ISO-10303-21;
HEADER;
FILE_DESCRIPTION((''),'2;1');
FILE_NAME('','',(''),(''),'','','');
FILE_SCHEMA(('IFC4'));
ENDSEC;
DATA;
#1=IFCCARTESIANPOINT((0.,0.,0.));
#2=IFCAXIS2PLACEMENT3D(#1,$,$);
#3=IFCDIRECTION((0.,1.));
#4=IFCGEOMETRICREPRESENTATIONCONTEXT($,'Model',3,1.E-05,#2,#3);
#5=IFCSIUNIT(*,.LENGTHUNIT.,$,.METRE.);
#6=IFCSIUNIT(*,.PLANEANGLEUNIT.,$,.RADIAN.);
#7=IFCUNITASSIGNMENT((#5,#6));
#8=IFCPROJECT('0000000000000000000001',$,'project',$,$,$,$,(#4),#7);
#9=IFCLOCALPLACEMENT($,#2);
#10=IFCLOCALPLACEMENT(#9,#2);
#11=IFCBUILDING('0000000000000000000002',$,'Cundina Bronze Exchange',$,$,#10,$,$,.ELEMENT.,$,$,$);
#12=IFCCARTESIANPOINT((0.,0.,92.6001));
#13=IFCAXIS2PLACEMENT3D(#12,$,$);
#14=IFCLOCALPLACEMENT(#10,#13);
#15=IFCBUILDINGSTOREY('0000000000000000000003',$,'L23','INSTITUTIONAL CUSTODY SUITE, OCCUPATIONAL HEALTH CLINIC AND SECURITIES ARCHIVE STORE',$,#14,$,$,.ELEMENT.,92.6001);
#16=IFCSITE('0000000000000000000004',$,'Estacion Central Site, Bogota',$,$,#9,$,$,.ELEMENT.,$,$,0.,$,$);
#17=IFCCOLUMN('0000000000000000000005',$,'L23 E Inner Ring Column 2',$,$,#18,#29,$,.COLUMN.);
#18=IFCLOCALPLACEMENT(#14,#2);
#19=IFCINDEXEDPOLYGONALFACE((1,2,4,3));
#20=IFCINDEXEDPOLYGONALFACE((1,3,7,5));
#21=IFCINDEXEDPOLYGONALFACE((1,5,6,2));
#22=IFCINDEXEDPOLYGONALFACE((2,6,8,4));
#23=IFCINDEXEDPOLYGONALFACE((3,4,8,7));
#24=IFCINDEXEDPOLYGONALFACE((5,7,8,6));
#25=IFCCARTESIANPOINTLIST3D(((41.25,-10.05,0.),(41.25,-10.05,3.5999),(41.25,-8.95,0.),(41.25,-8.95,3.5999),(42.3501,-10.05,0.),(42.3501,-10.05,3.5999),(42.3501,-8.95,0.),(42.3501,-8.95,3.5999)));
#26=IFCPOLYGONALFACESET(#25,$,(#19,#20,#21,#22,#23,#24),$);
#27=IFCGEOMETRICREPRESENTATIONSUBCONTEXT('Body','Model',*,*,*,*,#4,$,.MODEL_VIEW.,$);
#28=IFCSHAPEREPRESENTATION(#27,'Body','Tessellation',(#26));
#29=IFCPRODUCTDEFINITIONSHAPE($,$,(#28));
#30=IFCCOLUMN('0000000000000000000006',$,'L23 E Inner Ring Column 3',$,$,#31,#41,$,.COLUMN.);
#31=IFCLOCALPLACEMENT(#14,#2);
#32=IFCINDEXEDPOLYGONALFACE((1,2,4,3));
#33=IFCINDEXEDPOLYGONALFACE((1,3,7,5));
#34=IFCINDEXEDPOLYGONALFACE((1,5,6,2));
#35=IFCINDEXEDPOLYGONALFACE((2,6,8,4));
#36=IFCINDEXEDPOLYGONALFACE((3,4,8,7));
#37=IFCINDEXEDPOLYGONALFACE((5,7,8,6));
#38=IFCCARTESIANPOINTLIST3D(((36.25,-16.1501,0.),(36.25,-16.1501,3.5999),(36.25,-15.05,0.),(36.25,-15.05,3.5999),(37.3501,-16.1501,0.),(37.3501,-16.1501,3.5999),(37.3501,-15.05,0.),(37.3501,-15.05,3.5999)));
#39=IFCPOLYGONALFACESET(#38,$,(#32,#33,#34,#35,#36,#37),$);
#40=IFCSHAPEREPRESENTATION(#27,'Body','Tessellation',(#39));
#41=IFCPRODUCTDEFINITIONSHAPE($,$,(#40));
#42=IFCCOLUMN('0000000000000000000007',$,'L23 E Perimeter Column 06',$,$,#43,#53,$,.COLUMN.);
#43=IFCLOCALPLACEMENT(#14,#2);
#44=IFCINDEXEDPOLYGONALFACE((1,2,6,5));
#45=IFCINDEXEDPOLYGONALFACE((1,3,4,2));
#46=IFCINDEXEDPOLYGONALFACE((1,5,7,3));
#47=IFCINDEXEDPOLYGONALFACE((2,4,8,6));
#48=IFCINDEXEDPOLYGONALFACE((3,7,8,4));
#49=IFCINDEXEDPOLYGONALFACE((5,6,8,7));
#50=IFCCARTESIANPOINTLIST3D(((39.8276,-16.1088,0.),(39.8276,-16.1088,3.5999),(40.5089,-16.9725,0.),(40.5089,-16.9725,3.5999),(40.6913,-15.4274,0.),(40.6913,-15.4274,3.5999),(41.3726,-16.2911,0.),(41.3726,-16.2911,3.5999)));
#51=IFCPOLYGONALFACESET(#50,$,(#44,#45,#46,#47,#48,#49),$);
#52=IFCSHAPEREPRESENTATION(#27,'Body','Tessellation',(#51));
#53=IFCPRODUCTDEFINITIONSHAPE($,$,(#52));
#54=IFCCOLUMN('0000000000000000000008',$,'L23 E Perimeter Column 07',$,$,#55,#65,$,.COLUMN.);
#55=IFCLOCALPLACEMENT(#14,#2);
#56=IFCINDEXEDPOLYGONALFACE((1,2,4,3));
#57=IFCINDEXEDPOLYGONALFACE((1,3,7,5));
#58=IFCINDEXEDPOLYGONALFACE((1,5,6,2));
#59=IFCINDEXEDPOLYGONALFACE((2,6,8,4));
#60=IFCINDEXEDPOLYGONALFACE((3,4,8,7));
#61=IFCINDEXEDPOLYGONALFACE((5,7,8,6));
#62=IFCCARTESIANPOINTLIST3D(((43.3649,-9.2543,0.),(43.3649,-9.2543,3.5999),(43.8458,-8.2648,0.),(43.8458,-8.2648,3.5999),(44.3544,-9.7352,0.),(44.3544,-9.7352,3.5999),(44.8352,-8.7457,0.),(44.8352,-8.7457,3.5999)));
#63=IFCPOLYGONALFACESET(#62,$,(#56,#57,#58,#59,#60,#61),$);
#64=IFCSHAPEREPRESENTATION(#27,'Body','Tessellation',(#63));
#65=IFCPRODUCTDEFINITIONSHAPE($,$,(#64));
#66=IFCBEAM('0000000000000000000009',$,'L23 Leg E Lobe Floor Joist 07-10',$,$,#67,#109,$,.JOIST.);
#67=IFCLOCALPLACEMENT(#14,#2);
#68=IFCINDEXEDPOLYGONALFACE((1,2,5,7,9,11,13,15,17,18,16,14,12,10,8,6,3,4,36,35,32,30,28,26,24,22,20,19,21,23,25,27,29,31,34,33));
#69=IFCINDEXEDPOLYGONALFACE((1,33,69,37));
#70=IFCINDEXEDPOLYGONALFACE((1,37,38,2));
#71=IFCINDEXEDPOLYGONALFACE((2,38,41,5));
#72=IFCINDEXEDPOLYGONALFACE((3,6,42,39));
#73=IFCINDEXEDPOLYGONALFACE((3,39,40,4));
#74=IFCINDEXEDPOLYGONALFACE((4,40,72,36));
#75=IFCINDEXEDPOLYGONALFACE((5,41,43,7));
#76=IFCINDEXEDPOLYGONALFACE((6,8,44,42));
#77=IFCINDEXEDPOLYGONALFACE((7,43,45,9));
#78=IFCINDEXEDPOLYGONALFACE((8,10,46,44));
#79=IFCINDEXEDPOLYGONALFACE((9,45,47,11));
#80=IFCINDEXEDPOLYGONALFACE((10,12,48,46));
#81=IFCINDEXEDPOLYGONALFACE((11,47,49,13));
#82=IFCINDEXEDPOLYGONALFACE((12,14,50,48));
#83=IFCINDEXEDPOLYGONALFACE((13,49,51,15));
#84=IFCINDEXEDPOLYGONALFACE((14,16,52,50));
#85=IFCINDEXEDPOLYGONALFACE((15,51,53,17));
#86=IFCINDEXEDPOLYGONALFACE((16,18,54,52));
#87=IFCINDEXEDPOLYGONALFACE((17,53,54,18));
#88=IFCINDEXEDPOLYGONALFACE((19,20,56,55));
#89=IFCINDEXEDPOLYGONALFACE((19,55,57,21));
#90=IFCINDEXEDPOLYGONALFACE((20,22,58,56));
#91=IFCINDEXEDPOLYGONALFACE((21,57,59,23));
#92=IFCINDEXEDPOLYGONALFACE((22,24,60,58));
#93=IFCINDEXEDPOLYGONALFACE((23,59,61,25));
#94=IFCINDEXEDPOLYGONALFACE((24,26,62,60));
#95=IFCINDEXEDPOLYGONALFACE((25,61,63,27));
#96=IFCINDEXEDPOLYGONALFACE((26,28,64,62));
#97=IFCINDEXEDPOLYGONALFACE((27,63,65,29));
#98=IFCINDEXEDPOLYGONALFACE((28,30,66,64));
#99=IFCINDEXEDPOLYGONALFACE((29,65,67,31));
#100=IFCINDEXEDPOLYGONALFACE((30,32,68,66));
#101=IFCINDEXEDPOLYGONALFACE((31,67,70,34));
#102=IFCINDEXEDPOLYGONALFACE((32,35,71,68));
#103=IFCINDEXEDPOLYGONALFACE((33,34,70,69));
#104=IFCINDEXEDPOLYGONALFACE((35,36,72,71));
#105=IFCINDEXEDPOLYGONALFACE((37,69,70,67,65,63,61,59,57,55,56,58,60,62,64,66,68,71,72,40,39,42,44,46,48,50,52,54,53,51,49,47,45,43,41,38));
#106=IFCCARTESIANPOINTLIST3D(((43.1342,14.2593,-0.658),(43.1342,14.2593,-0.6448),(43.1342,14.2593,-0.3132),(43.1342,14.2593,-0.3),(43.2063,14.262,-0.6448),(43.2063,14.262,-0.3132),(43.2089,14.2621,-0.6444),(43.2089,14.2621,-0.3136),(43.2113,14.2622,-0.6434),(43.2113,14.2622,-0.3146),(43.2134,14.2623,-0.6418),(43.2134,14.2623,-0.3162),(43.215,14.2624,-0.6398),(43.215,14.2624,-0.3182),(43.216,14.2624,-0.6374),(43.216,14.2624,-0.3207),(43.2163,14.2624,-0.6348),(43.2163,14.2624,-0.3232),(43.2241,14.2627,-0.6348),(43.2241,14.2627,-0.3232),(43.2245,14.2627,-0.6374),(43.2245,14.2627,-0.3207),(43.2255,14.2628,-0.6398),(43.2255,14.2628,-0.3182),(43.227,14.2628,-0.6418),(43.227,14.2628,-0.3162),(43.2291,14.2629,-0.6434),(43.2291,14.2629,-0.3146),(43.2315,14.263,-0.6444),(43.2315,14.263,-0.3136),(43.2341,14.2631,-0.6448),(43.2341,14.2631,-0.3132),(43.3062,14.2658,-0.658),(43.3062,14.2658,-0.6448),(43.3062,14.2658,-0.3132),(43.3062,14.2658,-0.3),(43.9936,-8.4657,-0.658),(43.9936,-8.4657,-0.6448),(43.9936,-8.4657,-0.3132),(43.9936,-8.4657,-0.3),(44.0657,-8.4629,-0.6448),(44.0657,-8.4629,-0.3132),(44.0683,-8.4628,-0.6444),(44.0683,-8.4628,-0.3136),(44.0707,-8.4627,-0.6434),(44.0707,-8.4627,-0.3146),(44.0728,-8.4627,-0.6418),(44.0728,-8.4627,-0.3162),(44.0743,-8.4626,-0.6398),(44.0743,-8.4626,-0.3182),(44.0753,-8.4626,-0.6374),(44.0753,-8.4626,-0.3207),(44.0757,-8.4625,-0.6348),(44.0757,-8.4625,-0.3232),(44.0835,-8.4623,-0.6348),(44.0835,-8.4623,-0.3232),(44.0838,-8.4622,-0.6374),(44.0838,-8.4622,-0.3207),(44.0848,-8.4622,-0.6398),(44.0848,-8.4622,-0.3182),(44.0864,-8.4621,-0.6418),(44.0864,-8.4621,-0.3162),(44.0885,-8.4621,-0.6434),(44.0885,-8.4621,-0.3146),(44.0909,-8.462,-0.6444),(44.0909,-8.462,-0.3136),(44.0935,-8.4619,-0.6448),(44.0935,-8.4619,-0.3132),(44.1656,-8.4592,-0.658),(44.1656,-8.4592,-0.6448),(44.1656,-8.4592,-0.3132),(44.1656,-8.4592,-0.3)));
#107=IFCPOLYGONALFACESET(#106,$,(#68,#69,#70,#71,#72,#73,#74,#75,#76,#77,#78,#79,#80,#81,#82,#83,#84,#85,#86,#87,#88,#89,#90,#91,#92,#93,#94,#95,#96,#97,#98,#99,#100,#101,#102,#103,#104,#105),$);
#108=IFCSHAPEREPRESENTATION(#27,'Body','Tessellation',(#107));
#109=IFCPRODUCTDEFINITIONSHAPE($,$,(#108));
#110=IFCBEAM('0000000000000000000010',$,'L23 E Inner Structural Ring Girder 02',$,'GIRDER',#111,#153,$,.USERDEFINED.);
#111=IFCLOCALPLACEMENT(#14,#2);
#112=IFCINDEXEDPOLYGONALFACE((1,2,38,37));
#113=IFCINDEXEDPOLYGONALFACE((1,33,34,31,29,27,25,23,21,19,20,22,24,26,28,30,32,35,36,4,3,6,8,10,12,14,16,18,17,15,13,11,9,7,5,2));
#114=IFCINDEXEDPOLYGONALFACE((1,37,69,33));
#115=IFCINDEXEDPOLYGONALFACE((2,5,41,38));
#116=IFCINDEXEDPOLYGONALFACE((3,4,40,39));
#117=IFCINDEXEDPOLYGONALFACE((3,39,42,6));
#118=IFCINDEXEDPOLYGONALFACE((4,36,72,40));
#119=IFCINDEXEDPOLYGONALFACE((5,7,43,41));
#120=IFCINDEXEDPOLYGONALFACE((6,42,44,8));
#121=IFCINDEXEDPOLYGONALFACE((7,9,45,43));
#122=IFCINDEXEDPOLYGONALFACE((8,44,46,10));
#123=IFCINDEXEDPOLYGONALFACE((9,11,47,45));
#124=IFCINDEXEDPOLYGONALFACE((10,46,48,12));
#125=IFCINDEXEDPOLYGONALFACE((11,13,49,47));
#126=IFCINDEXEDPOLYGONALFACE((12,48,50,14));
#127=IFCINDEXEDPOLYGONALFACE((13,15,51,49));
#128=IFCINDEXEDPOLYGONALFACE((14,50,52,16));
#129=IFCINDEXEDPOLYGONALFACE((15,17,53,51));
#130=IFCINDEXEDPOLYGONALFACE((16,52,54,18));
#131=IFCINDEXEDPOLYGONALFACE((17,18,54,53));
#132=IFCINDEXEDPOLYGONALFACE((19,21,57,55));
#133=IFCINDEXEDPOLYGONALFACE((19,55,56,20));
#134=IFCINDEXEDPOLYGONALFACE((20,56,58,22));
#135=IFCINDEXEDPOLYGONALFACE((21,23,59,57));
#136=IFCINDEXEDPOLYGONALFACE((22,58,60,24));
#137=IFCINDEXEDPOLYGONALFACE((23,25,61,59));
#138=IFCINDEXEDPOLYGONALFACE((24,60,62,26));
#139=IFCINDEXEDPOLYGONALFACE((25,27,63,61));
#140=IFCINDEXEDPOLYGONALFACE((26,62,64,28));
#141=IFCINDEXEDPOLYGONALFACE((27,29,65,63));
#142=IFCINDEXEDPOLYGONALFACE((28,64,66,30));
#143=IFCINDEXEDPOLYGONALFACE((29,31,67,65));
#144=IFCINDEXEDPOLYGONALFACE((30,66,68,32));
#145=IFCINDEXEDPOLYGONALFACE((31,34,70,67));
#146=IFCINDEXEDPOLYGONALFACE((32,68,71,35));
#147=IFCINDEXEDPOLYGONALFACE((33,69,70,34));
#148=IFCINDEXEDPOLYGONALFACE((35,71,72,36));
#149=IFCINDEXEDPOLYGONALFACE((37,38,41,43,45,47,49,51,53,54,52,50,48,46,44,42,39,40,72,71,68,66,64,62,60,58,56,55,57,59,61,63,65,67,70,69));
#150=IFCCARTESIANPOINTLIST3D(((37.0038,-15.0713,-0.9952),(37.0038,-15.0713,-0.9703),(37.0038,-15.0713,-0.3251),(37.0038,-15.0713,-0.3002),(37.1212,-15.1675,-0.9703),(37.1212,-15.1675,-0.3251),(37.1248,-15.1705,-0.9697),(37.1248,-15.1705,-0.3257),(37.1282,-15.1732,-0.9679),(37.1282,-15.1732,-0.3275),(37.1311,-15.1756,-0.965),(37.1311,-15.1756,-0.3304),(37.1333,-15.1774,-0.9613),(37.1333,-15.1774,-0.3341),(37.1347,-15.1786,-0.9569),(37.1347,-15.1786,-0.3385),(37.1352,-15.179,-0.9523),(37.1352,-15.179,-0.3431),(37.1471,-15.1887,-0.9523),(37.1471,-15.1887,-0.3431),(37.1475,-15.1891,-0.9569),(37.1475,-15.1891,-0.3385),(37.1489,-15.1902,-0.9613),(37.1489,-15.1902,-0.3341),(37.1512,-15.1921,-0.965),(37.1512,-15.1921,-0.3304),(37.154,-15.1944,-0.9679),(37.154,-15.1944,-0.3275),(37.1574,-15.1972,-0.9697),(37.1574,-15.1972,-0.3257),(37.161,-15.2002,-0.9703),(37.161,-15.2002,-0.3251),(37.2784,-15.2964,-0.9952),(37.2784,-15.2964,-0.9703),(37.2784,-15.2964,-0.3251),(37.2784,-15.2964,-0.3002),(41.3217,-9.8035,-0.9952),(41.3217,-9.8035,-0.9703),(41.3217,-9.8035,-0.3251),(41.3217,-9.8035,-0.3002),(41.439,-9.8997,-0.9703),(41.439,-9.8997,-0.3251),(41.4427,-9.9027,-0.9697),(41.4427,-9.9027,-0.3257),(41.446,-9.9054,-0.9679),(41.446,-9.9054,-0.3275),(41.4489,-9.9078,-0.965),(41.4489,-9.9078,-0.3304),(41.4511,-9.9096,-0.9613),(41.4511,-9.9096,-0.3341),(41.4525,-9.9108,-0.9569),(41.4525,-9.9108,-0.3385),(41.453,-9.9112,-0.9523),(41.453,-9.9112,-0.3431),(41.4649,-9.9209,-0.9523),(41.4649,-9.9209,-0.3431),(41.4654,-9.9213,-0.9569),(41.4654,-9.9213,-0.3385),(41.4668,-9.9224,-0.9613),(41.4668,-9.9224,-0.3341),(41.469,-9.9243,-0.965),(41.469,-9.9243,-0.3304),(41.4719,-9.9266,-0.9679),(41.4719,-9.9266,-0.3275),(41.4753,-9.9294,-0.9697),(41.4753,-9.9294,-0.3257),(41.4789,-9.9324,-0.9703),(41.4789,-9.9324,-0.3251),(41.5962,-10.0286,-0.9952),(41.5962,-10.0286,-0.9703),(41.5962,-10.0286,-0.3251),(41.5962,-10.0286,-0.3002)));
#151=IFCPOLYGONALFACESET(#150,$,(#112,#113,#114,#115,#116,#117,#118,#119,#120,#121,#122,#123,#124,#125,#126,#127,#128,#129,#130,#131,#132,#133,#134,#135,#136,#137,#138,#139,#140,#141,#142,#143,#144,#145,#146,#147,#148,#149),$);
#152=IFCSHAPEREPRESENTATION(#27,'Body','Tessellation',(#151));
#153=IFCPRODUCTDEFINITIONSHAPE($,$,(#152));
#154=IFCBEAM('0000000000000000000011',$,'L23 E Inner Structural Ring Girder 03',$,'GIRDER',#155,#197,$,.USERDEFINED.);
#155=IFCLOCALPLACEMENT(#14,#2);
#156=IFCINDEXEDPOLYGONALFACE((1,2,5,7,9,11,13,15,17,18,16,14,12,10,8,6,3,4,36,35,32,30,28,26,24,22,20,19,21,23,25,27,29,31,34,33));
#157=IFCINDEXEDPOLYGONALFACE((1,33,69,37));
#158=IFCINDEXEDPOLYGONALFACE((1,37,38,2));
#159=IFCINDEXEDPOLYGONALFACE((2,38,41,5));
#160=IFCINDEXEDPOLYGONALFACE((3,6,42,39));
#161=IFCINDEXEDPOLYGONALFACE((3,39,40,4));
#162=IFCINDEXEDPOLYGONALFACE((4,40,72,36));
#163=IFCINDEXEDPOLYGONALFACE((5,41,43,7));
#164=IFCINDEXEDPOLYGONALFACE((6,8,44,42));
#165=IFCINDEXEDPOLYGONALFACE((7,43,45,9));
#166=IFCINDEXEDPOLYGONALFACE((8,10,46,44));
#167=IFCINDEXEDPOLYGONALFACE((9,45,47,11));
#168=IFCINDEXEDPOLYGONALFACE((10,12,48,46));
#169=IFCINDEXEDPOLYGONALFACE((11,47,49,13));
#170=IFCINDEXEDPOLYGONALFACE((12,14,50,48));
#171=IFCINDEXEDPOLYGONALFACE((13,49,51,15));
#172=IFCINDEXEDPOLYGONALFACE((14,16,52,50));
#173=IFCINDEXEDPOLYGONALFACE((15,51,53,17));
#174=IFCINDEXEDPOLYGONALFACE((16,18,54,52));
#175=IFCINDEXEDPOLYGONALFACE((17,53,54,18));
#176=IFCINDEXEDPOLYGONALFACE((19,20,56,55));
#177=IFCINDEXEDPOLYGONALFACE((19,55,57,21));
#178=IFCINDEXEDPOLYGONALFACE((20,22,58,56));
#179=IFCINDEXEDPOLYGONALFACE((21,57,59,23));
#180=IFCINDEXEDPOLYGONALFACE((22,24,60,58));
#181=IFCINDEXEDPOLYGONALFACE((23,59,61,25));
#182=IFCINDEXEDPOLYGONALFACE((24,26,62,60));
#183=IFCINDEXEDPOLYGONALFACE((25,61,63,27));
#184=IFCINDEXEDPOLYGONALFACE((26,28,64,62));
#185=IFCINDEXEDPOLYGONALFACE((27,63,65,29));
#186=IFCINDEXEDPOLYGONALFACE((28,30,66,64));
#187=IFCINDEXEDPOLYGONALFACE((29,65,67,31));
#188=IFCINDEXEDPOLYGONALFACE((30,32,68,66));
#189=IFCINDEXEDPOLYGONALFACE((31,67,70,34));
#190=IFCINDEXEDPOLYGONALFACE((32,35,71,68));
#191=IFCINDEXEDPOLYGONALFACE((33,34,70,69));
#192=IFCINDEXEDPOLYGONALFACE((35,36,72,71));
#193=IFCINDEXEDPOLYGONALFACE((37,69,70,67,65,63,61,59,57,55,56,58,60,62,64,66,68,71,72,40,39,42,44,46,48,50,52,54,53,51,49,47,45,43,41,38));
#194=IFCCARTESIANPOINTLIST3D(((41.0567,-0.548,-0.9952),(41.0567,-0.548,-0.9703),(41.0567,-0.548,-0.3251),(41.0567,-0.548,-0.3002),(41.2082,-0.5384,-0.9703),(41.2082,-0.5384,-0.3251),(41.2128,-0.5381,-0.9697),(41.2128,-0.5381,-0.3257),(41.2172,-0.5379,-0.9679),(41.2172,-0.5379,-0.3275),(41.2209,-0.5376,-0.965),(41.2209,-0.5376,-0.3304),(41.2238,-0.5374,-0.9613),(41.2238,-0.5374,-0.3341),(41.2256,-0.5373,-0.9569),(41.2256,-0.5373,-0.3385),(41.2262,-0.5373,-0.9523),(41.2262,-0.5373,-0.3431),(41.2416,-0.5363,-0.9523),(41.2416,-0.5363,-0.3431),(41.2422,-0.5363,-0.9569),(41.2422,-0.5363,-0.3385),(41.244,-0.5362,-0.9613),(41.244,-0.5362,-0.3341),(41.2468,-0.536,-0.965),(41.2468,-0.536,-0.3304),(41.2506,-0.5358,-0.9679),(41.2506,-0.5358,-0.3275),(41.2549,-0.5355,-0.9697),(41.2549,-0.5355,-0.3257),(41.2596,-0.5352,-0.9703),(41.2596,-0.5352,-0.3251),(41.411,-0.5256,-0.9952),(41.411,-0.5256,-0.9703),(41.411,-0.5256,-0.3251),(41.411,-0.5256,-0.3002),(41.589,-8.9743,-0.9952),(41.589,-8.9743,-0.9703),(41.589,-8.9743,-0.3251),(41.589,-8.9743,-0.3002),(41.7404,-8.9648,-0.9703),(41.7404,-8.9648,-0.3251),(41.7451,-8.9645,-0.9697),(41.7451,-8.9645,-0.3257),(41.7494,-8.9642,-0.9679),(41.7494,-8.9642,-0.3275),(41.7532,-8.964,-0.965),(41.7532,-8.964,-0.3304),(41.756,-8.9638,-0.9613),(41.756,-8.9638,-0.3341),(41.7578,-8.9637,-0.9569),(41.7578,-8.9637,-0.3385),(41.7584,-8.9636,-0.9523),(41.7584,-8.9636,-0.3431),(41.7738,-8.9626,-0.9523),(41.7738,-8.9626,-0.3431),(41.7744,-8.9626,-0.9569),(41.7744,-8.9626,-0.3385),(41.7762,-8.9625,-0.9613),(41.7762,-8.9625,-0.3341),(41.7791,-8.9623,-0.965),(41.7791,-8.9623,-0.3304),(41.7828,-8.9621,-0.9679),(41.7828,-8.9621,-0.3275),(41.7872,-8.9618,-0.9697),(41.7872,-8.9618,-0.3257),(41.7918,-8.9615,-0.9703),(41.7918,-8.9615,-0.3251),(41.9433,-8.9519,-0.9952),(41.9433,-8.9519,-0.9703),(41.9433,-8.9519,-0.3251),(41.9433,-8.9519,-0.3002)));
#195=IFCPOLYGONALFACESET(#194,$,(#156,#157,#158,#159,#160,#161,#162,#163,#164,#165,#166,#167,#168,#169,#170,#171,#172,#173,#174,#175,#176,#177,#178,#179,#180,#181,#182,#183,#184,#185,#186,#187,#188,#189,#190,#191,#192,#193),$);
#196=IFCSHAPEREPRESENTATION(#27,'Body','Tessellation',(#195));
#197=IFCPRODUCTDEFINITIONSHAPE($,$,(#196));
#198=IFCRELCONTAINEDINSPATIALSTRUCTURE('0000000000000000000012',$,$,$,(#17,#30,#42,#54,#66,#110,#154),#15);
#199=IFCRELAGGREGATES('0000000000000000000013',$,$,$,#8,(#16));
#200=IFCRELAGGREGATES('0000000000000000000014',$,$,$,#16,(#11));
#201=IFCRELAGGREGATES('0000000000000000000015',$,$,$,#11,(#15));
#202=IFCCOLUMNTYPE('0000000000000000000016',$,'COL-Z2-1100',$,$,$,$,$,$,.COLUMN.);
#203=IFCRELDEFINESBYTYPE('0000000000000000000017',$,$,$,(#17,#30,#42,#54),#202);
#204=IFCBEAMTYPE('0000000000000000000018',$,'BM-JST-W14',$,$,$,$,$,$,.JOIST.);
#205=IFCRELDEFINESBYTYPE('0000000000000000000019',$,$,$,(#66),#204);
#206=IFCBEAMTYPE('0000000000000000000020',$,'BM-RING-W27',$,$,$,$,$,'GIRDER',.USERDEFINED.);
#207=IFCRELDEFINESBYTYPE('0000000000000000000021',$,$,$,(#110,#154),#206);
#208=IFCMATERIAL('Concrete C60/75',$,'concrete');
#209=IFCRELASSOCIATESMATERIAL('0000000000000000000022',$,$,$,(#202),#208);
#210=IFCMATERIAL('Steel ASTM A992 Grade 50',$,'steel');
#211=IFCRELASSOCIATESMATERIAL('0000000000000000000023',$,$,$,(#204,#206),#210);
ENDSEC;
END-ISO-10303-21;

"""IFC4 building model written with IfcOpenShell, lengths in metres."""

from ifc_helpers import new_model, si_unit, direction, frame, origin, origin_2d, place, context, subcontext, project, spatial, rectangle, i_section, extrude, material, material_profile, profile_set, type_object, element, save


model = new_model("IFC4")

# Units and contexts
model_context = context("Model", 3, precision=1e-05, world=origin(), true_north=direction((0.0, 1.0)))
body_context = subcontext(model_context, "Body", "Model", "MODEL_VIEW")
ifc_project = project(units=[si_unit("LENGTHUNIT", "METRE"), si_unit("PLANEANGLEUNIT", "RADIAN")], contexts=[model_context])

# Site, building, storey
site_placement = place(None, origin())
site = spatial("IfcSite", under=ifc_project, at=site_placement, Name="Estacion Central Site, Bogota", CompositionType="ELEMENT", RefElevation=0.0)
building_placement = place(site_placement, origin())
building = spatial("IfcBuilding", under=site, at=building_placement, Name="Cundina Bronze Exchange", CompositionType="ELEMENT")
storey_placement = place(building_placement, frame((0.0, 0.0, 92.6001)))
storey = spatial("IfcBuildingStorey", under=building, at=storey_placement, Name="L23", Description="INSTITUTIONAL CUSTODY SUITE, OCCUPATIONAL HEALTH CLINIC AND SECURITIES ARCHIVE STORE", CompositionType="ELEMENT", Elevation=92.6001)

# Columns
ifc_material_1 = material(Name="Concrete C60/75", Category="concrete")
ifc_material_profile_1 = material_profile(ifc_material_1, rectangle(XDim=1.1001, YDim=1.1001, at=origin_2d()), Name="RC1100X1100", Category="concrete")
ifc_profile_set_1 = profile_set([ifc_material_profile_1], Name="Concrete C60/75")
column_type = type_object("IfcColumnType", Name="COL-Z2-1100", PredefinedType="COLUMN", material=ifc_profile_set_1)
for number, where, z_axis, x_axis, name in (
    (1, (41.8, -9.5, 0.0), (0.0, 0.0, 1.0), (1.0, 0.0, 0.0), "L23 E Inner Ring Column 2"),
    (2, (36.8, -15.6001, 0.0), (0.0, 0.0, 1.0), (1.0, 0.0, 0.0), "L23 E Inner Ring Column 3"),
    (3, (40.6001, -16.2, 0.0), (0.0, 0.0, 1.0), (0.785101, 0.619368, 0.0), "L23 E Perimeter Column 06"),
    (4, (44.1001, -9.0, 0.0), (0.0, 0.0, 1.0), (0.437116, 0.899405, 0.0), "L23 E Perimeter Column 07"),
):
    element("IfcColumn", number, at=place(storey_placement, frame(where, z_axis=z_axis, x_axis=x_axis)), inside=storey, type_object=column_type, Name=name, PredefinedType="COLUMN", context=body_context, shape_type="SweptSolid", body=[
        extrude(rectangle(XDim=1.1001, YDim=1.1001, at=origin_2d()), origin(), (0.0, 0.0, 1.0), 3.5999),
    ])

# Beams
ifc_material_2 = material(Name="Steel ASTM A992 Grade 50", Category="steel")
ifc_material_profile_2 = material_profile(ifc_material_2, i_section(OverallWidth=0.1721, OverallDepth=0.3579, WebThickness=0.0078, FlangeThickness=0.0132, FilletRadius=0.01, at=origin_2d()), Name="W14X38", Category="steel")
ifc_profile_set_2 = profile_set([ifc_material_profile_2], Name="Steel ASTM A992 Grade 50")
beam_type_1 = type_object("IfcBeamType", Name="BM-JST-W14", PredefinedType="JOIST", material=ifc_profile_set_2)
beam_1_placement = place(storey_placement, frame((44.0796, -8.4624, -0.479), z_axis=(-0.03779, 0.999286, 0.0), x_axis=(-0.999286, -0.03779, 0.0)))
element("IfcBeam", 5, at=beam_1_placement, inside=storey, type_object=beam_type_1, Name="L23 Leg E Lobe Floor Joist 07-10", PredefinedType="JOIST", context=body_context, shape_type="SweptSolid", body=[
    extrude(i_section(OverallWidth=0.1721, OverallDepth=0.3579, WebThickness=0.0078, FlangeThickness=0.0132, FilletRadius=0.01, at=origin_2d()), origin(), (0.0, 0.0, 1.0), 22.7412),
])
ifc_material_profile_3 = material_profile(ifc_material_2, i_section(OverallWidth=0.355, OverallDepth=0.6951, WebThickness=0.0154, FlangeThickness=0.0249, FilletRadius=0.0181, at=origin_2d()), Name="W27X146", Category="steel")
ifc_profile_set_3 = profile_set([ifc_material_profile_3], Name="Steel ASTM A992 Grade 50")
beam_type_2 = type_object("IfcBeamType", Name="BM-RING-W27", ElementType="GIRDER", PredefinedType="USERDEFINED", material=ifc_profile_set_3)
beam_2_placement = place(storey_placement, frame((37.1411, -15.1838, -0.6477), z_axis=(0.633927, 0.773393, 0.0), x_axis=(-0.773393, 0.633927, 0.0)))
element("IfcBeam", 6, at=beam_2_placement, inside=storey, type_object=beam_type_2, Name="L23 E Inner Structural Ring Girder 02", ObjectType="GIRDER", PredefinedType="USERDEFINED", context=body_context, shape_type="SweptSolid", body=[
    extrude(i_section(OverallWidth=0.355, OverallDepth=0.6951, WebThickness=0.0154, FlangeThickness=0.0249, FilletRadius=0.0181, at=origin_2d()), origin(), (0.0, 0.0, 1.0), 6.8113),
])
beam_3_placement = place(storey_placement, frame((41.7661, -8.9631, -0.6477), z_axis=(-0.063037, 0.998011, 0.0), x_axis=(-0.998011, -0.063037, 0.0)))
element("IfcBeam", 7, at=beam_3_placement, inside=storey, type_object=beam_type_2, Name="L23 E Inner Structural Ring Girder 03", ObjectType="GIRDER", PredefinedType="USERDEFINED", context=body_context, shape_type="SweptSolid", body=[
    extrude(i_section(OverallWidth=0.355, OverallDepth=0.6951, WebThickness=0.0154, FlangeThickness=0.0249, FilletRadius=0.0181, at=origin_2d()), origin(), (0.0, 0.0, 1.0), 8.4431),
])

save(model, "model.ifc")
